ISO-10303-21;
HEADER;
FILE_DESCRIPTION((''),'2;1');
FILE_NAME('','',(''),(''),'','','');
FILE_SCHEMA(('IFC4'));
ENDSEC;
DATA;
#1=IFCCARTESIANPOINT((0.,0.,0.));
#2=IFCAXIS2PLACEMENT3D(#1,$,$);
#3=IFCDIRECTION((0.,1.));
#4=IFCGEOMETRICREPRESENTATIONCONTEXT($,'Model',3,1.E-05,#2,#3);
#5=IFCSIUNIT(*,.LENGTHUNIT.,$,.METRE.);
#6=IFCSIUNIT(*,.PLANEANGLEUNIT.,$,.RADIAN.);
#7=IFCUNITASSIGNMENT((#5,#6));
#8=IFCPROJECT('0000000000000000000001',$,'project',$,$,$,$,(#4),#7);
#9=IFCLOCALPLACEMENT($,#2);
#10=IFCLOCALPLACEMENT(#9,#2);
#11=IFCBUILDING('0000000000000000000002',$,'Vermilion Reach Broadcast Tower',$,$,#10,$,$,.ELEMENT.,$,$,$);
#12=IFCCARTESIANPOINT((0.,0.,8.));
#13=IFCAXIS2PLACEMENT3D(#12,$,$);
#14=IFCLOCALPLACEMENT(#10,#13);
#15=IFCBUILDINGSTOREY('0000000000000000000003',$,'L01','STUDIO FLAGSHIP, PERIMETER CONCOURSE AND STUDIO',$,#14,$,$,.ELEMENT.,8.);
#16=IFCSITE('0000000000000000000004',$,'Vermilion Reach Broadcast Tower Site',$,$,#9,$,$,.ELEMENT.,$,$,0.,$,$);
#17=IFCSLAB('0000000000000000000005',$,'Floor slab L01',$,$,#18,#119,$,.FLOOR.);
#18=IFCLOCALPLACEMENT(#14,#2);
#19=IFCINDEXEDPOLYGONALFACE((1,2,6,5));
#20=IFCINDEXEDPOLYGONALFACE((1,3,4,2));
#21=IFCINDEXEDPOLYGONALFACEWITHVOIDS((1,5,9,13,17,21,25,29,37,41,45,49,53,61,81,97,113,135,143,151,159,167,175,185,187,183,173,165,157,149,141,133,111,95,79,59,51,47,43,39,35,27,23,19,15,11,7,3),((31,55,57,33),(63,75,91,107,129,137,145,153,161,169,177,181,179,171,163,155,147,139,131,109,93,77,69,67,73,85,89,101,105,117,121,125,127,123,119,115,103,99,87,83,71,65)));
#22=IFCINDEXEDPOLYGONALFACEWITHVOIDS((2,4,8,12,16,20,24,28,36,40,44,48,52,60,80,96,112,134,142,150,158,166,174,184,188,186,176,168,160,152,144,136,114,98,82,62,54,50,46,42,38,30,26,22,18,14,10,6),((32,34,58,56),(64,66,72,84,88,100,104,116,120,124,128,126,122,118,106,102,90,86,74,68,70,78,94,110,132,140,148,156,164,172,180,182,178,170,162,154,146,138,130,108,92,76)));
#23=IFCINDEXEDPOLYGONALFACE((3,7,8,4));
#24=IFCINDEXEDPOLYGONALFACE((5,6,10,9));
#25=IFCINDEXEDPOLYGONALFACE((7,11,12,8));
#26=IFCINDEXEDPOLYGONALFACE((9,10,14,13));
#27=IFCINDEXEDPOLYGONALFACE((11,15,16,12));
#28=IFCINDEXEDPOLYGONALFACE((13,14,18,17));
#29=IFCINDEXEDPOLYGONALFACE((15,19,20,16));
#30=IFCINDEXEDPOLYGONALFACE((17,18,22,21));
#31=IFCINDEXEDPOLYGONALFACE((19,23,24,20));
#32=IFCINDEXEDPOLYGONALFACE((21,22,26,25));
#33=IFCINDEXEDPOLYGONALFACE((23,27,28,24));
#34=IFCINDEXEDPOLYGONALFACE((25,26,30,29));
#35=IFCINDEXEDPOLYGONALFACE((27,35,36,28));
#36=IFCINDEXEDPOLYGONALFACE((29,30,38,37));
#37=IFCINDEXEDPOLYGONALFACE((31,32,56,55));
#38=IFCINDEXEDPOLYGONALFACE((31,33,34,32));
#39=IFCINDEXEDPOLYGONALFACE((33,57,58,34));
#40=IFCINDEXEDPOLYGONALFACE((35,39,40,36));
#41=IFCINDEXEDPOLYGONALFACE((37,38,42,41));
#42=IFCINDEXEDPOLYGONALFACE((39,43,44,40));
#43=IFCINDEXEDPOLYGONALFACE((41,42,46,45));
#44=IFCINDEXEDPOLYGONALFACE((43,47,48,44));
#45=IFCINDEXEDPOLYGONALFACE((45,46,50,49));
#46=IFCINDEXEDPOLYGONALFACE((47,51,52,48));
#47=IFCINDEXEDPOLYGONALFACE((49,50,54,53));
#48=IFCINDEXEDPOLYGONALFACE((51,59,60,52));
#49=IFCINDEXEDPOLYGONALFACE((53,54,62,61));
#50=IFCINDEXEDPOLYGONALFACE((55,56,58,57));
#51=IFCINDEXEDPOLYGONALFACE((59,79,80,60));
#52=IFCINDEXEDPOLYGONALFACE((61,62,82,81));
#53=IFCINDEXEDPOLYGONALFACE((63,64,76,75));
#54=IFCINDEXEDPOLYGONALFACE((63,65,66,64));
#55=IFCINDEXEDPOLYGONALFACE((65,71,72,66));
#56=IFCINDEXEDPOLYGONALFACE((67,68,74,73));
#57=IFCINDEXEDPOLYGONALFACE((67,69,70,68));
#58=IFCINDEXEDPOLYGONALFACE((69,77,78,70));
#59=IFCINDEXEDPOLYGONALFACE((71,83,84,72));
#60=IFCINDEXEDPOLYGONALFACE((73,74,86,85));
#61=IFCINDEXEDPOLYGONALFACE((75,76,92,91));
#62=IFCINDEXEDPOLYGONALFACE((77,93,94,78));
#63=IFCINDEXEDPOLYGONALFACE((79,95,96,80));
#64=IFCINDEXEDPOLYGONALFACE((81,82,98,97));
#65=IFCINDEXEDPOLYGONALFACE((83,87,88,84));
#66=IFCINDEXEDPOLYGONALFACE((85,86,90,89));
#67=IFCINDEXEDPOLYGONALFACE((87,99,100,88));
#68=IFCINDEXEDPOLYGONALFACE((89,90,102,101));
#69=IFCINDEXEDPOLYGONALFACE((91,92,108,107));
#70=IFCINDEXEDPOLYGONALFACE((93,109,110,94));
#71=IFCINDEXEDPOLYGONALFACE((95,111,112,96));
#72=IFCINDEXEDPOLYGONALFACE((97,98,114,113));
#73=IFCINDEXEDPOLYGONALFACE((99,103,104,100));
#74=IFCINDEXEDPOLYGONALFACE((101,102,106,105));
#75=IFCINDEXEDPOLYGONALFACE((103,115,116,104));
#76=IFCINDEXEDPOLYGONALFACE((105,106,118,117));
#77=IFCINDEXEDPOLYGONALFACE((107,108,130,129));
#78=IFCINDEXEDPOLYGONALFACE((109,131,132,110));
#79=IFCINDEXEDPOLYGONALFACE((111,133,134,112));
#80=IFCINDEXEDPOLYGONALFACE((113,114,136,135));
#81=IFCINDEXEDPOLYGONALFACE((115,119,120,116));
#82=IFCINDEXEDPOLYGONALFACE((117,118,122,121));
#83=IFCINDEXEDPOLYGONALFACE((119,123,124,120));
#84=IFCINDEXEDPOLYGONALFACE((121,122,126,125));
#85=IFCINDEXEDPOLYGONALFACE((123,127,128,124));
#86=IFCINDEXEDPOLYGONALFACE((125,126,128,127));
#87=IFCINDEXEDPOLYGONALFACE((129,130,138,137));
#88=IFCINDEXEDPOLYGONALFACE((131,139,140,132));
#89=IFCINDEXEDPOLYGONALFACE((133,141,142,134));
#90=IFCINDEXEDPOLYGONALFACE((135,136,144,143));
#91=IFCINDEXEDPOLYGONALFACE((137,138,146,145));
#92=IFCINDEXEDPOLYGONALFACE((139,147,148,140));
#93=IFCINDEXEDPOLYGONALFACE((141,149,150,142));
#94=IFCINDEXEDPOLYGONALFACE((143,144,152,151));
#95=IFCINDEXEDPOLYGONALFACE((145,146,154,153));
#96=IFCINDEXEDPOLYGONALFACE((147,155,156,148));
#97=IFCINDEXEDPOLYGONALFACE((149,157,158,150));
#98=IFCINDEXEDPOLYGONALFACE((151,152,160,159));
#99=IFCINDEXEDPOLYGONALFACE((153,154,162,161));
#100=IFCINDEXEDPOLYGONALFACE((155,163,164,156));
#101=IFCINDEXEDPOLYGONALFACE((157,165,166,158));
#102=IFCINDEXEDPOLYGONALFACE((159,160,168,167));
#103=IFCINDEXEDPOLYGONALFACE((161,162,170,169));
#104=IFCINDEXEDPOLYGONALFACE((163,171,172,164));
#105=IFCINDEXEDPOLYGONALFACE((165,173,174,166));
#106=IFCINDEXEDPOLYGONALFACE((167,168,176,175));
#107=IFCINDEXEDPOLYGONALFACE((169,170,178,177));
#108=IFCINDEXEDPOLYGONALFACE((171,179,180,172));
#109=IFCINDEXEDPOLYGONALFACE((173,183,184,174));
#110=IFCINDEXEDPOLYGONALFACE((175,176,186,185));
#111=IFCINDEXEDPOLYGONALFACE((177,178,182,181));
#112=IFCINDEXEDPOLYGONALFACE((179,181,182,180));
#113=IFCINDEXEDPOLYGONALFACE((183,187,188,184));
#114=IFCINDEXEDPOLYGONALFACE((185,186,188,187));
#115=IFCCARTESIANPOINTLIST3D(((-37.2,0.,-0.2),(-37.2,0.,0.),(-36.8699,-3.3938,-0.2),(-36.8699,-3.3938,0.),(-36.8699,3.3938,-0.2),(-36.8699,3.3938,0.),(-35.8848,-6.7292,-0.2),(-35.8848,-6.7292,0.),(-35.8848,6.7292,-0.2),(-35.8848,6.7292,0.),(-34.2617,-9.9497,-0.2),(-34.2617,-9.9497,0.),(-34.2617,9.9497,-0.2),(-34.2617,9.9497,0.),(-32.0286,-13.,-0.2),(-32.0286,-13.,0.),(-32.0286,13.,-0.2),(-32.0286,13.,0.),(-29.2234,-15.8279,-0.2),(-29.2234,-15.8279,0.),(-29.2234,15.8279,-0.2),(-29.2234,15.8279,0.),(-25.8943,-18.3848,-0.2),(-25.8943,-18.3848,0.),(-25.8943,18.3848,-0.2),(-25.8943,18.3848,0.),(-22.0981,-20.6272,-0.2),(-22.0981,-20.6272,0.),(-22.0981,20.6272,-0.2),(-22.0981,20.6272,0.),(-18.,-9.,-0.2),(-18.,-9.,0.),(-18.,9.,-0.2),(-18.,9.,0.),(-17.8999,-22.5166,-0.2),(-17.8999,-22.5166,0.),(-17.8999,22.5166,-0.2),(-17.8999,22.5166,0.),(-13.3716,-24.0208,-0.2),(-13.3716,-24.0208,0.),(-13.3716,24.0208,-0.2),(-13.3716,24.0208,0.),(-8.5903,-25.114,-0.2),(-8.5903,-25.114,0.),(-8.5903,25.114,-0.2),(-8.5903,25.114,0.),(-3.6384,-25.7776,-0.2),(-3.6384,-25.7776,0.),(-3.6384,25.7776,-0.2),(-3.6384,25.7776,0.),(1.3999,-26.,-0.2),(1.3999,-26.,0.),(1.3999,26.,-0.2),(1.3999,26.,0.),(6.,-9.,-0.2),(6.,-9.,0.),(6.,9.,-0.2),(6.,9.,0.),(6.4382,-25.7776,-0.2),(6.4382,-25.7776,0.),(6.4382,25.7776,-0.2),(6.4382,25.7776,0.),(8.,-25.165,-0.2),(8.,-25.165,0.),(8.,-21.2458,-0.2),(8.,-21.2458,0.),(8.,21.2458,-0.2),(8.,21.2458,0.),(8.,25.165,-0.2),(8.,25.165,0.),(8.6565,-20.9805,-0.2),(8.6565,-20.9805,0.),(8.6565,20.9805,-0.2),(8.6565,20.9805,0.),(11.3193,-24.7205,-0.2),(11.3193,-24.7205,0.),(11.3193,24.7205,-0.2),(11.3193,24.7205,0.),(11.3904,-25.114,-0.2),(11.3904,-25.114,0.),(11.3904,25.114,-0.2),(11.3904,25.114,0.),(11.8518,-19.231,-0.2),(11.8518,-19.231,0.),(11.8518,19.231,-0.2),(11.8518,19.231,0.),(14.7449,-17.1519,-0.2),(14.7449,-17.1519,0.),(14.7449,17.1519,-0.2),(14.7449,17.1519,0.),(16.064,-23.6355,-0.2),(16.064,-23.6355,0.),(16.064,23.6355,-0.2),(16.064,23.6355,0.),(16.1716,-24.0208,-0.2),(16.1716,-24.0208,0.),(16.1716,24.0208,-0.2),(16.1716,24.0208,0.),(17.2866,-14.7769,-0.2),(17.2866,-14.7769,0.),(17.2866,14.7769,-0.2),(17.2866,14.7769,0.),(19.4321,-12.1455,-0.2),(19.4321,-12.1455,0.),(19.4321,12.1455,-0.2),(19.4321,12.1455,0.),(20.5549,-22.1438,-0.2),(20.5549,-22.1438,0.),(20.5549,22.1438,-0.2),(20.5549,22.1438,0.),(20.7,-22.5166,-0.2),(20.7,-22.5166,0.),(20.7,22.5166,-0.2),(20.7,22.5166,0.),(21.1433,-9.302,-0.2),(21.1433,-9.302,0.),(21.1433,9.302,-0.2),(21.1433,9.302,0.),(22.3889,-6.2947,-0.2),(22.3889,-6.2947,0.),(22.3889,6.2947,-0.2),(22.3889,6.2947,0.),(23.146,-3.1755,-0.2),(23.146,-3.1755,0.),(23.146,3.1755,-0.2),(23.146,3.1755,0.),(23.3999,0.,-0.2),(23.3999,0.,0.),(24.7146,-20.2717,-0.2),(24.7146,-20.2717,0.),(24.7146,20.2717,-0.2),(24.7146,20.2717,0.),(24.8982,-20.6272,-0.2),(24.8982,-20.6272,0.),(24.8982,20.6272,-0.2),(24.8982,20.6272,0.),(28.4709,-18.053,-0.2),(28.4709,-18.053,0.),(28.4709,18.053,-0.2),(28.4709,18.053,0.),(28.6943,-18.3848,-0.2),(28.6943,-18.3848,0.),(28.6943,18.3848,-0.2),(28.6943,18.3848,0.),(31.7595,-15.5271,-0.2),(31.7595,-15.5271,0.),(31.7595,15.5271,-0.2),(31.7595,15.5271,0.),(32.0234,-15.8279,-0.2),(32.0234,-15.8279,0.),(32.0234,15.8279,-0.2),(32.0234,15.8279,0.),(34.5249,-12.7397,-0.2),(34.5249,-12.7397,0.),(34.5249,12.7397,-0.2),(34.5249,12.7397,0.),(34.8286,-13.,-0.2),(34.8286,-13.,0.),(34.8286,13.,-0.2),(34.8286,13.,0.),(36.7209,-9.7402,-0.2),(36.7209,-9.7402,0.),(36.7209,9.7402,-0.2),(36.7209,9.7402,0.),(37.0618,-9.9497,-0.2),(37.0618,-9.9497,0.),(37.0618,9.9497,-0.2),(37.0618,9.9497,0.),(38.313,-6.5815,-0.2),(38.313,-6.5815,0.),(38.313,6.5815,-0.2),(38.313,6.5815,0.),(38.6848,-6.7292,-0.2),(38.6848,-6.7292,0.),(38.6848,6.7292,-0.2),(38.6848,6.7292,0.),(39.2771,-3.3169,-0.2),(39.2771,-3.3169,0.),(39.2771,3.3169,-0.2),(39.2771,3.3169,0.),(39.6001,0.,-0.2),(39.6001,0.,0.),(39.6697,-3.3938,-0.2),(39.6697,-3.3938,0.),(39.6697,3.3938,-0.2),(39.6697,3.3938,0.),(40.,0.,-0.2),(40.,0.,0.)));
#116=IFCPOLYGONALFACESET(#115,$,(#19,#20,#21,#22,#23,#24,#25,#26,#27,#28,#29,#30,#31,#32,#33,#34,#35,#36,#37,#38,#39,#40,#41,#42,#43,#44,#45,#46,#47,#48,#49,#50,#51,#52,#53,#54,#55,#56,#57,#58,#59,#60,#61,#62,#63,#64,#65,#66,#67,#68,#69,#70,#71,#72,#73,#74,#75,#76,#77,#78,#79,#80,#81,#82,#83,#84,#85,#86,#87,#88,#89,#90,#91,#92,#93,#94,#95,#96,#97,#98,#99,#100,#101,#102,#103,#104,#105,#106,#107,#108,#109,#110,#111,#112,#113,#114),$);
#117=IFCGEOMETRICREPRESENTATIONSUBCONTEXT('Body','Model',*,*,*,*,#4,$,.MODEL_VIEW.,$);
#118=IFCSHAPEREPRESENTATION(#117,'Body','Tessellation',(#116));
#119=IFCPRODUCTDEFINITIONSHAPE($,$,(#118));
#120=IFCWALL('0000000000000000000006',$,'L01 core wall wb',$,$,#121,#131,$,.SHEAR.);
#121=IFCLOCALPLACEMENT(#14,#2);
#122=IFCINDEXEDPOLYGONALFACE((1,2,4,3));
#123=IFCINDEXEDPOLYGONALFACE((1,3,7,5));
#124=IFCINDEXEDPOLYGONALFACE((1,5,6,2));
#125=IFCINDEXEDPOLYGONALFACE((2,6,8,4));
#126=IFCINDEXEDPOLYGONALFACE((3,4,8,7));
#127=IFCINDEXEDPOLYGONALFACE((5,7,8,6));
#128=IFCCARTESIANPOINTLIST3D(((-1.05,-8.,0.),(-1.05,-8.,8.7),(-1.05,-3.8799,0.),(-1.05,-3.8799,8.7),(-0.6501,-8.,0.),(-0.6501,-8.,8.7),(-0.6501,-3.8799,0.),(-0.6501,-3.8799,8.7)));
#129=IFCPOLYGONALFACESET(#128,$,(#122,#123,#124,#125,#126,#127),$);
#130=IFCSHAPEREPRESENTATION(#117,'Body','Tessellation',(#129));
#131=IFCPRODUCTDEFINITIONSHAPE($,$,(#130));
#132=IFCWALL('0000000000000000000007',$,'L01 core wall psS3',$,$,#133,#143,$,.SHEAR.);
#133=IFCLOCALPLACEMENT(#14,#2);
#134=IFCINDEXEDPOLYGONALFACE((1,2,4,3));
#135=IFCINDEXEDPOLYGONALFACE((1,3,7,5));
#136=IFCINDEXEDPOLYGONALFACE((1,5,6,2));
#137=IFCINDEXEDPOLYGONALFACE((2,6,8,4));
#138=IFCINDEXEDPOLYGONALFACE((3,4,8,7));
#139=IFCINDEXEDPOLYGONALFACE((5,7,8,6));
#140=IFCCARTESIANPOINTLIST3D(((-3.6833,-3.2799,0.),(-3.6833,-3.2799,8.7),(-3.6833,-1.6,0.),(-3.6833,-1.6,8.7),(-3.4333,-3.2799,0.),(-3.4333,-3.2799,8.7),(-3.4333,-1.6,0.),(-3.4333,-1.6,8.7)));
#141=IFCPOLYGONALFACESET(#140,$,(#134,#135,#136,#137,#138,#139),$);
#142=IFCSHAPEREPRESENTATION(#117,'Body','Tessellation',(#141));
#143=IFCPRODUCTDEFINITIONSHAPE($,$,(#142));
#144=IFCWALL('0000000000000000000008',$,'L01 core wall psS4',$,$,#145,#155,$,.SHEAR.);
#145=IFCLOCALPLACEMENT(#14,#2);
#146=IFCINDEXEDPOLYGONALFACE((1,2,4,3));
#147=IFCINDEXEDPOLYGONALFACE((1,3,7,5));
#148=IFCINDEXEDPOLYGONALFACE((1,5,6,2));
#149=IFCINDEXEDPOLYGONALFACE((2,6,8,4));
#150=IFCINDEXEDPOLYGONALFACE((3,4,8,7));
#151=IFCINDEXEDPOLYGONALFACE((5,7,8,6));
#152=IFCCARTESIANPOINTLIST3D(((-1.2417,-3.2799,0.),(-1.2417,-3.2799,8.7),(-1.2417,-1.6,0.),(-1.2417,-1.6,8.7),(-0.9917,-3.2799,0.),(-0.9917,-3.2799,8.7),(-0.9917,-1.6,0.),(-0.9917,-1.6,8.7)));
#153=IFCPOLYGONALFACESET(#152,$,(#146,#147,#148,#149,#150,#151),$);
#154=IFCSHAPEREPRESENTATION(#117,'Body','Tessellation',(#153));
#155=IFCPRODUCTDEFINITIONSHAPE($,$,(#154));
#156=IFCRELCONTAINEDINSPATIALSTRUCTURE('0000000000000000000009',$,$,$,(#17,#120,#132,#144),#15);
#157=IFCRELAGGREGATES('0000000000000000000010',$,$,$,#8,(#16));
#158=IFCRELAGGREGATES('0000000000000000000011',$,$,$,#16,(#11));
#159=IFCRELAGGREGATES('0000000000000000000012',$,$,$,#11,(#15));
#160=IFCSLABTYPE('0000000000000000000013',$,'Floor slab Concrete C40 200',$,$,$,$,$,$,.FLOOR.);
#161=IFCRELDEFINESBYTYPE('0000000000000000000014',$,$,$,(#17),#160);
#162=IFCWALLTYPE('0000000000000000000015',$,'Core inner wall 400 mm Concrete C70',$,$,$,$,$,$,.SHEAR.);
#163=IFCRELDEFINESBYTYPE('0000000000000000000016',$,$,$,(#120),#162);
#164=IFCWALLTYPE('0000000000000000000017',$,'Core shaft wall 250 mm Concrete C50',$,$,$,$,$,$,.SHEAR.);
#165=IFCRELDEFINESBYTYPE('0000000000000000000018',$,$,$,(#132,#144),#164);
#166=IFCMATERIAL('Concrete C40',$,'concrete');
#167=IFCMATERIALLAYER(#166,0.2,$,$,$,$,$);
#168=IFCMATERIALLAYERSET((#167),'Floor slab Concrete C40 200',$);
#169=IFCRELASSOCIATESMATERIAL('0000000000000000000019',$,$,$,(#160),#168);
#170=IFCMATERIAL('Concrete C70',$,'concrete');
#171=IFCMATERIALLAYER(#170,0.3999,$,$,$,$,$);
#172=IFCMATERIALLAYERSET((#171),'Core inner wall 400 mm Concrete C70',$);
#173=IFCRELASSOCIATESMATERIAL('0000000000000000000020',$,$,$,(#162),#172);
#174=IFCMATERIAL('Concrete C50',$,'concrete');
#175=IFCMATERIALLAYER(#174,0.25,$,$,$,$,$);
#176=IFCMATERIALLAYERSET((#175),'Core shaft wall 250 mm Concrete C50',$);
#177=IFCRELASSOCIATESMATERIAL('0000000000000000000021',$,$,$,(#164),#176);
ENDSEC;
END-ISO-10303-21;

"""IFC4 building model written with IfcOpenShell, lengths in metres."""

from ifc_helpers import new_model, si_unit, direction, frame, frame_2d, origin, place, context, subcontext, project, spatial, polyline, rectangle, outline, extrude, material, layer, layer_set, type_object, element, save


model = new_model("IFC4")

# Units and contexts
model_context = context("Model", 3, precision=1e-05, world=origin(), true_north=direction((0.0, 1.0)))
body_context = subcontext(model_context, "Body", "Model", "MODEL_VIEW")
ifc_project = project(units=[si_unit("LENGTHUNIT", "METRE"), si_unit("PLANEANGLEUNIT", "RADIAN")], contexts=[model_context])

# Site, building, storey
site_placement = place(None, origin())
site = spatial("IfcSite", under=ifc_project, at=site_placement, Name="Vermilion Reach Broadcast Tower Site", CompositionType="ELEMENT", RefElevation=0.0)
building_placement = place(site_placement, origin())
building = spatial("IfcBuilding", under=site, at=building_placement, Name="Vermilion Reach Broadcast Tower", CompositionType="ELEMENT")
storey_placement = place(building_placement, frame((0.0, 0.0, 8.0)))
storey = spatial("IfcBuildingStorey", under=building, at=storey_placement, Name="L01", Description="STUDIO FLAGSHIP, PERIMETER CONCOURSE AND STUDIO", CompositionType="ELEMENT", Elevation=8.0)

# Slab
ifc_material_1 = material(Name="Concrete C40", Category="concrete")
ifc_layer_1 = layer(ifc_material_1, 0.2)
ifc_layer_set_1 = layer_set([ifc_layer_1], Name="Floor slab Concrete C40 200")
slab_type = type_object("IfcSlabType", Name="Floor slab Concrete C40 200", PredefinedType="FLOOR", material=ifc_layer_set_1)
slab_placement = place(storey_placement, frame((0.0, 0.0, -0.2)))
element("IfcSlab", 1, at=slab_placement, inside=storey, type_object=slab_type, Name="Floor slab L01", PredefinedType="FLOOR", context=body_context, shape_type="SweptSolid", body=[
    extrude(outline(polyline([(40.0, 0.0), (39.6697, 3.3938), (38.6848, 6.7292), (37.0618, 9.9497), (34.8286, 13.0), (32.0234, 15.8279), (28.6943, 18.3848), (24.8982, 20.6272), (20.7, 22.5166), (16.1716, 24.0208), (11.3904, 25.114), (6.4382, 25.7776), (1.3999, 26.0), (-3.6384, 25.7776), (-8.5903, 25.114), (-13.3716, 24.0208), (-17.8999, 22.5166), (-22.0981, 20.6272), (-25.8943, 18.3848), (-29.2234, 15.8279), (-32.0286, 13.0), (-34.2617, 9.9497), (-35.8848, 6.7292), (-36.8699, 3.3938), (-37.2, 0.0), (-36.8699, -3.3938), (-35.8848, -6.7292), (-34.2617, -9.9497), (-32.0286, -13.0), (-29.2234, -15.8279), (-25.8943, -18.3848), (-22.0981, -20.6272), (-17.8999, -22.5166), (-13.3716, -24.0208), (-8.5903, -25.114), (-3.6384, -25.7776), (1.3999, -26.0), (6.4382, -25.7776), (11.3904, -25.114), (16.1716, -24.0208), (20.7, -22.5166), (24.8982, -20.6272), (28.6943, -18.3848), (32.0234, -15.8279), (34.8286, -13.0), (37.0618, -9.9497), (38.6848, -6.7292), (39.6697, -3.3938), (40.0, 0.0)]), holes=[polyline([(8.0, 25.165), (8.0, 21.2458), (8.6565, 20.9805), (11.8518, 19.231), (14.7449, 17.1519), (17.2866, 14.7769), (19.4321, 12.1455), (21.1433, 9.302), (22.3889, 6.2947), (23.146, 3.1755), (23.3999, 0.0), (23.146, -3.1755), (22.3889, -6.2947), (21.1433, -9.302), (19.4321, -12.1455), (17.2866, -14.7769), (14.7449, -17.1519), (11.8518, -19.231), (8.6565, -20.9805), (8.0, -21.2458), (8.0, -25.165), (11.3193, -24.7205), (16.064, -23.6355), (20.5549, -22.1438), (24.7146, -20.2717), (28.4709, -18.053), (31.7595, -15.5271), (34.5249, -12.7397), (36.7209, -9.7402), (38.313, -6.5815), (39.2771, -3.3169), (39.6001, 0.0), (39.2771, 3.3169), (38.313, 6.5815), (36.7209, 9.7402), (34.5249, 12.7397), (31.7595, 15.5271), (28.4709, 18.053), (24.7146, 20.2717), (20.5549, 22.1438), (16.064, 23.6355), (11.3193, 24.7205), (8.0, 25.165)]), polyline([(-18.0, -9.0), (6.0, -9.0), (6.0, 9.0), (-18.0, 9.0), (-18.0, -9.0)])]), origin(), (0.0, 0.0, 1.0), 0.2),
])

# Walls
ifc_material_2 = material(Name="Concrete C70", Category="concrete")
ifc_layer_2 = layer(ifc_material_2, 0.3999)
ifc_layer_set_2 = layer_set([ifc_layer_2], Name="Core inner wall 400 mm Concrete C70")
wall_type_1 = type_object("IfcWallType", Name="Core inner wall 400 mm Concrete C70", PredefinedType="SHEAR", material=ifc_layer_set_2)
wall_placement = place(storey_placement, frame((-0.8501, -3.8799, 0.0), z_axis=(0.0, 0.0, 1.0), x_axis=(0.0, -1.0, 0.0)))
element("IfcWall", 2, at=wall_placement, inside=storey, type_object=wall_type_1, Name="L01 core wall wb", PredefinedType="SHEAR", context=body_context, shape_type="SweptSolid", body=[
    extrude(rectangle(XDim=4.1201, YDim=0.3999, at=frame_2d((2.0601, 0.0))), origin(), (0.0, 0.0, 1.0), 8.7),
])
ifc_material_3 = material(Name="Concrete C50", Category="concrete")
ifc_layer_3 = layer(ifc_material_3, 0.25)
ifc_layer_set_3 = layer_set([ifc_layer_3], Name="Core shaft wall 250 mm Concrete C50")
wall_type_2 = type_object("IfcWallType", Name="Core shaft wall 250 mm Concrete C50", PredefinedType="SHEAR", material=ifc_layer_set_3)
for number, where, z_axis, x_axis, name in (
    (3, (-3.5583, -1.6001, 0.0), (0.0, 0.0, 1.0), (0.0, -1.0, 0.0), "L01 core wall psS3"),
    (4, (-1.1167, -1.6001, 0.0), (0.0, 0.0, 1.0), (0.0, -1.0, 0.0), "L01 core wall psS4"),
):
    element("IfcWall", number, at=place(storey_placement, frame(where, z_axis=z_axis, x_axis=x_axis)), inside=storey, type_object=wall_type_2, Name=name, PredefinedType="SHEAR", context=body_context, shape_type="SweptSolid", body=[
        extrude(rectangle(XDim=1.6799, YDim=0.25, at=frame_2d((0.8398, 0.0))), origin(), (0.0, 0.0, 1.0), 8.7),
    ])

save(model, "model.ifc")
